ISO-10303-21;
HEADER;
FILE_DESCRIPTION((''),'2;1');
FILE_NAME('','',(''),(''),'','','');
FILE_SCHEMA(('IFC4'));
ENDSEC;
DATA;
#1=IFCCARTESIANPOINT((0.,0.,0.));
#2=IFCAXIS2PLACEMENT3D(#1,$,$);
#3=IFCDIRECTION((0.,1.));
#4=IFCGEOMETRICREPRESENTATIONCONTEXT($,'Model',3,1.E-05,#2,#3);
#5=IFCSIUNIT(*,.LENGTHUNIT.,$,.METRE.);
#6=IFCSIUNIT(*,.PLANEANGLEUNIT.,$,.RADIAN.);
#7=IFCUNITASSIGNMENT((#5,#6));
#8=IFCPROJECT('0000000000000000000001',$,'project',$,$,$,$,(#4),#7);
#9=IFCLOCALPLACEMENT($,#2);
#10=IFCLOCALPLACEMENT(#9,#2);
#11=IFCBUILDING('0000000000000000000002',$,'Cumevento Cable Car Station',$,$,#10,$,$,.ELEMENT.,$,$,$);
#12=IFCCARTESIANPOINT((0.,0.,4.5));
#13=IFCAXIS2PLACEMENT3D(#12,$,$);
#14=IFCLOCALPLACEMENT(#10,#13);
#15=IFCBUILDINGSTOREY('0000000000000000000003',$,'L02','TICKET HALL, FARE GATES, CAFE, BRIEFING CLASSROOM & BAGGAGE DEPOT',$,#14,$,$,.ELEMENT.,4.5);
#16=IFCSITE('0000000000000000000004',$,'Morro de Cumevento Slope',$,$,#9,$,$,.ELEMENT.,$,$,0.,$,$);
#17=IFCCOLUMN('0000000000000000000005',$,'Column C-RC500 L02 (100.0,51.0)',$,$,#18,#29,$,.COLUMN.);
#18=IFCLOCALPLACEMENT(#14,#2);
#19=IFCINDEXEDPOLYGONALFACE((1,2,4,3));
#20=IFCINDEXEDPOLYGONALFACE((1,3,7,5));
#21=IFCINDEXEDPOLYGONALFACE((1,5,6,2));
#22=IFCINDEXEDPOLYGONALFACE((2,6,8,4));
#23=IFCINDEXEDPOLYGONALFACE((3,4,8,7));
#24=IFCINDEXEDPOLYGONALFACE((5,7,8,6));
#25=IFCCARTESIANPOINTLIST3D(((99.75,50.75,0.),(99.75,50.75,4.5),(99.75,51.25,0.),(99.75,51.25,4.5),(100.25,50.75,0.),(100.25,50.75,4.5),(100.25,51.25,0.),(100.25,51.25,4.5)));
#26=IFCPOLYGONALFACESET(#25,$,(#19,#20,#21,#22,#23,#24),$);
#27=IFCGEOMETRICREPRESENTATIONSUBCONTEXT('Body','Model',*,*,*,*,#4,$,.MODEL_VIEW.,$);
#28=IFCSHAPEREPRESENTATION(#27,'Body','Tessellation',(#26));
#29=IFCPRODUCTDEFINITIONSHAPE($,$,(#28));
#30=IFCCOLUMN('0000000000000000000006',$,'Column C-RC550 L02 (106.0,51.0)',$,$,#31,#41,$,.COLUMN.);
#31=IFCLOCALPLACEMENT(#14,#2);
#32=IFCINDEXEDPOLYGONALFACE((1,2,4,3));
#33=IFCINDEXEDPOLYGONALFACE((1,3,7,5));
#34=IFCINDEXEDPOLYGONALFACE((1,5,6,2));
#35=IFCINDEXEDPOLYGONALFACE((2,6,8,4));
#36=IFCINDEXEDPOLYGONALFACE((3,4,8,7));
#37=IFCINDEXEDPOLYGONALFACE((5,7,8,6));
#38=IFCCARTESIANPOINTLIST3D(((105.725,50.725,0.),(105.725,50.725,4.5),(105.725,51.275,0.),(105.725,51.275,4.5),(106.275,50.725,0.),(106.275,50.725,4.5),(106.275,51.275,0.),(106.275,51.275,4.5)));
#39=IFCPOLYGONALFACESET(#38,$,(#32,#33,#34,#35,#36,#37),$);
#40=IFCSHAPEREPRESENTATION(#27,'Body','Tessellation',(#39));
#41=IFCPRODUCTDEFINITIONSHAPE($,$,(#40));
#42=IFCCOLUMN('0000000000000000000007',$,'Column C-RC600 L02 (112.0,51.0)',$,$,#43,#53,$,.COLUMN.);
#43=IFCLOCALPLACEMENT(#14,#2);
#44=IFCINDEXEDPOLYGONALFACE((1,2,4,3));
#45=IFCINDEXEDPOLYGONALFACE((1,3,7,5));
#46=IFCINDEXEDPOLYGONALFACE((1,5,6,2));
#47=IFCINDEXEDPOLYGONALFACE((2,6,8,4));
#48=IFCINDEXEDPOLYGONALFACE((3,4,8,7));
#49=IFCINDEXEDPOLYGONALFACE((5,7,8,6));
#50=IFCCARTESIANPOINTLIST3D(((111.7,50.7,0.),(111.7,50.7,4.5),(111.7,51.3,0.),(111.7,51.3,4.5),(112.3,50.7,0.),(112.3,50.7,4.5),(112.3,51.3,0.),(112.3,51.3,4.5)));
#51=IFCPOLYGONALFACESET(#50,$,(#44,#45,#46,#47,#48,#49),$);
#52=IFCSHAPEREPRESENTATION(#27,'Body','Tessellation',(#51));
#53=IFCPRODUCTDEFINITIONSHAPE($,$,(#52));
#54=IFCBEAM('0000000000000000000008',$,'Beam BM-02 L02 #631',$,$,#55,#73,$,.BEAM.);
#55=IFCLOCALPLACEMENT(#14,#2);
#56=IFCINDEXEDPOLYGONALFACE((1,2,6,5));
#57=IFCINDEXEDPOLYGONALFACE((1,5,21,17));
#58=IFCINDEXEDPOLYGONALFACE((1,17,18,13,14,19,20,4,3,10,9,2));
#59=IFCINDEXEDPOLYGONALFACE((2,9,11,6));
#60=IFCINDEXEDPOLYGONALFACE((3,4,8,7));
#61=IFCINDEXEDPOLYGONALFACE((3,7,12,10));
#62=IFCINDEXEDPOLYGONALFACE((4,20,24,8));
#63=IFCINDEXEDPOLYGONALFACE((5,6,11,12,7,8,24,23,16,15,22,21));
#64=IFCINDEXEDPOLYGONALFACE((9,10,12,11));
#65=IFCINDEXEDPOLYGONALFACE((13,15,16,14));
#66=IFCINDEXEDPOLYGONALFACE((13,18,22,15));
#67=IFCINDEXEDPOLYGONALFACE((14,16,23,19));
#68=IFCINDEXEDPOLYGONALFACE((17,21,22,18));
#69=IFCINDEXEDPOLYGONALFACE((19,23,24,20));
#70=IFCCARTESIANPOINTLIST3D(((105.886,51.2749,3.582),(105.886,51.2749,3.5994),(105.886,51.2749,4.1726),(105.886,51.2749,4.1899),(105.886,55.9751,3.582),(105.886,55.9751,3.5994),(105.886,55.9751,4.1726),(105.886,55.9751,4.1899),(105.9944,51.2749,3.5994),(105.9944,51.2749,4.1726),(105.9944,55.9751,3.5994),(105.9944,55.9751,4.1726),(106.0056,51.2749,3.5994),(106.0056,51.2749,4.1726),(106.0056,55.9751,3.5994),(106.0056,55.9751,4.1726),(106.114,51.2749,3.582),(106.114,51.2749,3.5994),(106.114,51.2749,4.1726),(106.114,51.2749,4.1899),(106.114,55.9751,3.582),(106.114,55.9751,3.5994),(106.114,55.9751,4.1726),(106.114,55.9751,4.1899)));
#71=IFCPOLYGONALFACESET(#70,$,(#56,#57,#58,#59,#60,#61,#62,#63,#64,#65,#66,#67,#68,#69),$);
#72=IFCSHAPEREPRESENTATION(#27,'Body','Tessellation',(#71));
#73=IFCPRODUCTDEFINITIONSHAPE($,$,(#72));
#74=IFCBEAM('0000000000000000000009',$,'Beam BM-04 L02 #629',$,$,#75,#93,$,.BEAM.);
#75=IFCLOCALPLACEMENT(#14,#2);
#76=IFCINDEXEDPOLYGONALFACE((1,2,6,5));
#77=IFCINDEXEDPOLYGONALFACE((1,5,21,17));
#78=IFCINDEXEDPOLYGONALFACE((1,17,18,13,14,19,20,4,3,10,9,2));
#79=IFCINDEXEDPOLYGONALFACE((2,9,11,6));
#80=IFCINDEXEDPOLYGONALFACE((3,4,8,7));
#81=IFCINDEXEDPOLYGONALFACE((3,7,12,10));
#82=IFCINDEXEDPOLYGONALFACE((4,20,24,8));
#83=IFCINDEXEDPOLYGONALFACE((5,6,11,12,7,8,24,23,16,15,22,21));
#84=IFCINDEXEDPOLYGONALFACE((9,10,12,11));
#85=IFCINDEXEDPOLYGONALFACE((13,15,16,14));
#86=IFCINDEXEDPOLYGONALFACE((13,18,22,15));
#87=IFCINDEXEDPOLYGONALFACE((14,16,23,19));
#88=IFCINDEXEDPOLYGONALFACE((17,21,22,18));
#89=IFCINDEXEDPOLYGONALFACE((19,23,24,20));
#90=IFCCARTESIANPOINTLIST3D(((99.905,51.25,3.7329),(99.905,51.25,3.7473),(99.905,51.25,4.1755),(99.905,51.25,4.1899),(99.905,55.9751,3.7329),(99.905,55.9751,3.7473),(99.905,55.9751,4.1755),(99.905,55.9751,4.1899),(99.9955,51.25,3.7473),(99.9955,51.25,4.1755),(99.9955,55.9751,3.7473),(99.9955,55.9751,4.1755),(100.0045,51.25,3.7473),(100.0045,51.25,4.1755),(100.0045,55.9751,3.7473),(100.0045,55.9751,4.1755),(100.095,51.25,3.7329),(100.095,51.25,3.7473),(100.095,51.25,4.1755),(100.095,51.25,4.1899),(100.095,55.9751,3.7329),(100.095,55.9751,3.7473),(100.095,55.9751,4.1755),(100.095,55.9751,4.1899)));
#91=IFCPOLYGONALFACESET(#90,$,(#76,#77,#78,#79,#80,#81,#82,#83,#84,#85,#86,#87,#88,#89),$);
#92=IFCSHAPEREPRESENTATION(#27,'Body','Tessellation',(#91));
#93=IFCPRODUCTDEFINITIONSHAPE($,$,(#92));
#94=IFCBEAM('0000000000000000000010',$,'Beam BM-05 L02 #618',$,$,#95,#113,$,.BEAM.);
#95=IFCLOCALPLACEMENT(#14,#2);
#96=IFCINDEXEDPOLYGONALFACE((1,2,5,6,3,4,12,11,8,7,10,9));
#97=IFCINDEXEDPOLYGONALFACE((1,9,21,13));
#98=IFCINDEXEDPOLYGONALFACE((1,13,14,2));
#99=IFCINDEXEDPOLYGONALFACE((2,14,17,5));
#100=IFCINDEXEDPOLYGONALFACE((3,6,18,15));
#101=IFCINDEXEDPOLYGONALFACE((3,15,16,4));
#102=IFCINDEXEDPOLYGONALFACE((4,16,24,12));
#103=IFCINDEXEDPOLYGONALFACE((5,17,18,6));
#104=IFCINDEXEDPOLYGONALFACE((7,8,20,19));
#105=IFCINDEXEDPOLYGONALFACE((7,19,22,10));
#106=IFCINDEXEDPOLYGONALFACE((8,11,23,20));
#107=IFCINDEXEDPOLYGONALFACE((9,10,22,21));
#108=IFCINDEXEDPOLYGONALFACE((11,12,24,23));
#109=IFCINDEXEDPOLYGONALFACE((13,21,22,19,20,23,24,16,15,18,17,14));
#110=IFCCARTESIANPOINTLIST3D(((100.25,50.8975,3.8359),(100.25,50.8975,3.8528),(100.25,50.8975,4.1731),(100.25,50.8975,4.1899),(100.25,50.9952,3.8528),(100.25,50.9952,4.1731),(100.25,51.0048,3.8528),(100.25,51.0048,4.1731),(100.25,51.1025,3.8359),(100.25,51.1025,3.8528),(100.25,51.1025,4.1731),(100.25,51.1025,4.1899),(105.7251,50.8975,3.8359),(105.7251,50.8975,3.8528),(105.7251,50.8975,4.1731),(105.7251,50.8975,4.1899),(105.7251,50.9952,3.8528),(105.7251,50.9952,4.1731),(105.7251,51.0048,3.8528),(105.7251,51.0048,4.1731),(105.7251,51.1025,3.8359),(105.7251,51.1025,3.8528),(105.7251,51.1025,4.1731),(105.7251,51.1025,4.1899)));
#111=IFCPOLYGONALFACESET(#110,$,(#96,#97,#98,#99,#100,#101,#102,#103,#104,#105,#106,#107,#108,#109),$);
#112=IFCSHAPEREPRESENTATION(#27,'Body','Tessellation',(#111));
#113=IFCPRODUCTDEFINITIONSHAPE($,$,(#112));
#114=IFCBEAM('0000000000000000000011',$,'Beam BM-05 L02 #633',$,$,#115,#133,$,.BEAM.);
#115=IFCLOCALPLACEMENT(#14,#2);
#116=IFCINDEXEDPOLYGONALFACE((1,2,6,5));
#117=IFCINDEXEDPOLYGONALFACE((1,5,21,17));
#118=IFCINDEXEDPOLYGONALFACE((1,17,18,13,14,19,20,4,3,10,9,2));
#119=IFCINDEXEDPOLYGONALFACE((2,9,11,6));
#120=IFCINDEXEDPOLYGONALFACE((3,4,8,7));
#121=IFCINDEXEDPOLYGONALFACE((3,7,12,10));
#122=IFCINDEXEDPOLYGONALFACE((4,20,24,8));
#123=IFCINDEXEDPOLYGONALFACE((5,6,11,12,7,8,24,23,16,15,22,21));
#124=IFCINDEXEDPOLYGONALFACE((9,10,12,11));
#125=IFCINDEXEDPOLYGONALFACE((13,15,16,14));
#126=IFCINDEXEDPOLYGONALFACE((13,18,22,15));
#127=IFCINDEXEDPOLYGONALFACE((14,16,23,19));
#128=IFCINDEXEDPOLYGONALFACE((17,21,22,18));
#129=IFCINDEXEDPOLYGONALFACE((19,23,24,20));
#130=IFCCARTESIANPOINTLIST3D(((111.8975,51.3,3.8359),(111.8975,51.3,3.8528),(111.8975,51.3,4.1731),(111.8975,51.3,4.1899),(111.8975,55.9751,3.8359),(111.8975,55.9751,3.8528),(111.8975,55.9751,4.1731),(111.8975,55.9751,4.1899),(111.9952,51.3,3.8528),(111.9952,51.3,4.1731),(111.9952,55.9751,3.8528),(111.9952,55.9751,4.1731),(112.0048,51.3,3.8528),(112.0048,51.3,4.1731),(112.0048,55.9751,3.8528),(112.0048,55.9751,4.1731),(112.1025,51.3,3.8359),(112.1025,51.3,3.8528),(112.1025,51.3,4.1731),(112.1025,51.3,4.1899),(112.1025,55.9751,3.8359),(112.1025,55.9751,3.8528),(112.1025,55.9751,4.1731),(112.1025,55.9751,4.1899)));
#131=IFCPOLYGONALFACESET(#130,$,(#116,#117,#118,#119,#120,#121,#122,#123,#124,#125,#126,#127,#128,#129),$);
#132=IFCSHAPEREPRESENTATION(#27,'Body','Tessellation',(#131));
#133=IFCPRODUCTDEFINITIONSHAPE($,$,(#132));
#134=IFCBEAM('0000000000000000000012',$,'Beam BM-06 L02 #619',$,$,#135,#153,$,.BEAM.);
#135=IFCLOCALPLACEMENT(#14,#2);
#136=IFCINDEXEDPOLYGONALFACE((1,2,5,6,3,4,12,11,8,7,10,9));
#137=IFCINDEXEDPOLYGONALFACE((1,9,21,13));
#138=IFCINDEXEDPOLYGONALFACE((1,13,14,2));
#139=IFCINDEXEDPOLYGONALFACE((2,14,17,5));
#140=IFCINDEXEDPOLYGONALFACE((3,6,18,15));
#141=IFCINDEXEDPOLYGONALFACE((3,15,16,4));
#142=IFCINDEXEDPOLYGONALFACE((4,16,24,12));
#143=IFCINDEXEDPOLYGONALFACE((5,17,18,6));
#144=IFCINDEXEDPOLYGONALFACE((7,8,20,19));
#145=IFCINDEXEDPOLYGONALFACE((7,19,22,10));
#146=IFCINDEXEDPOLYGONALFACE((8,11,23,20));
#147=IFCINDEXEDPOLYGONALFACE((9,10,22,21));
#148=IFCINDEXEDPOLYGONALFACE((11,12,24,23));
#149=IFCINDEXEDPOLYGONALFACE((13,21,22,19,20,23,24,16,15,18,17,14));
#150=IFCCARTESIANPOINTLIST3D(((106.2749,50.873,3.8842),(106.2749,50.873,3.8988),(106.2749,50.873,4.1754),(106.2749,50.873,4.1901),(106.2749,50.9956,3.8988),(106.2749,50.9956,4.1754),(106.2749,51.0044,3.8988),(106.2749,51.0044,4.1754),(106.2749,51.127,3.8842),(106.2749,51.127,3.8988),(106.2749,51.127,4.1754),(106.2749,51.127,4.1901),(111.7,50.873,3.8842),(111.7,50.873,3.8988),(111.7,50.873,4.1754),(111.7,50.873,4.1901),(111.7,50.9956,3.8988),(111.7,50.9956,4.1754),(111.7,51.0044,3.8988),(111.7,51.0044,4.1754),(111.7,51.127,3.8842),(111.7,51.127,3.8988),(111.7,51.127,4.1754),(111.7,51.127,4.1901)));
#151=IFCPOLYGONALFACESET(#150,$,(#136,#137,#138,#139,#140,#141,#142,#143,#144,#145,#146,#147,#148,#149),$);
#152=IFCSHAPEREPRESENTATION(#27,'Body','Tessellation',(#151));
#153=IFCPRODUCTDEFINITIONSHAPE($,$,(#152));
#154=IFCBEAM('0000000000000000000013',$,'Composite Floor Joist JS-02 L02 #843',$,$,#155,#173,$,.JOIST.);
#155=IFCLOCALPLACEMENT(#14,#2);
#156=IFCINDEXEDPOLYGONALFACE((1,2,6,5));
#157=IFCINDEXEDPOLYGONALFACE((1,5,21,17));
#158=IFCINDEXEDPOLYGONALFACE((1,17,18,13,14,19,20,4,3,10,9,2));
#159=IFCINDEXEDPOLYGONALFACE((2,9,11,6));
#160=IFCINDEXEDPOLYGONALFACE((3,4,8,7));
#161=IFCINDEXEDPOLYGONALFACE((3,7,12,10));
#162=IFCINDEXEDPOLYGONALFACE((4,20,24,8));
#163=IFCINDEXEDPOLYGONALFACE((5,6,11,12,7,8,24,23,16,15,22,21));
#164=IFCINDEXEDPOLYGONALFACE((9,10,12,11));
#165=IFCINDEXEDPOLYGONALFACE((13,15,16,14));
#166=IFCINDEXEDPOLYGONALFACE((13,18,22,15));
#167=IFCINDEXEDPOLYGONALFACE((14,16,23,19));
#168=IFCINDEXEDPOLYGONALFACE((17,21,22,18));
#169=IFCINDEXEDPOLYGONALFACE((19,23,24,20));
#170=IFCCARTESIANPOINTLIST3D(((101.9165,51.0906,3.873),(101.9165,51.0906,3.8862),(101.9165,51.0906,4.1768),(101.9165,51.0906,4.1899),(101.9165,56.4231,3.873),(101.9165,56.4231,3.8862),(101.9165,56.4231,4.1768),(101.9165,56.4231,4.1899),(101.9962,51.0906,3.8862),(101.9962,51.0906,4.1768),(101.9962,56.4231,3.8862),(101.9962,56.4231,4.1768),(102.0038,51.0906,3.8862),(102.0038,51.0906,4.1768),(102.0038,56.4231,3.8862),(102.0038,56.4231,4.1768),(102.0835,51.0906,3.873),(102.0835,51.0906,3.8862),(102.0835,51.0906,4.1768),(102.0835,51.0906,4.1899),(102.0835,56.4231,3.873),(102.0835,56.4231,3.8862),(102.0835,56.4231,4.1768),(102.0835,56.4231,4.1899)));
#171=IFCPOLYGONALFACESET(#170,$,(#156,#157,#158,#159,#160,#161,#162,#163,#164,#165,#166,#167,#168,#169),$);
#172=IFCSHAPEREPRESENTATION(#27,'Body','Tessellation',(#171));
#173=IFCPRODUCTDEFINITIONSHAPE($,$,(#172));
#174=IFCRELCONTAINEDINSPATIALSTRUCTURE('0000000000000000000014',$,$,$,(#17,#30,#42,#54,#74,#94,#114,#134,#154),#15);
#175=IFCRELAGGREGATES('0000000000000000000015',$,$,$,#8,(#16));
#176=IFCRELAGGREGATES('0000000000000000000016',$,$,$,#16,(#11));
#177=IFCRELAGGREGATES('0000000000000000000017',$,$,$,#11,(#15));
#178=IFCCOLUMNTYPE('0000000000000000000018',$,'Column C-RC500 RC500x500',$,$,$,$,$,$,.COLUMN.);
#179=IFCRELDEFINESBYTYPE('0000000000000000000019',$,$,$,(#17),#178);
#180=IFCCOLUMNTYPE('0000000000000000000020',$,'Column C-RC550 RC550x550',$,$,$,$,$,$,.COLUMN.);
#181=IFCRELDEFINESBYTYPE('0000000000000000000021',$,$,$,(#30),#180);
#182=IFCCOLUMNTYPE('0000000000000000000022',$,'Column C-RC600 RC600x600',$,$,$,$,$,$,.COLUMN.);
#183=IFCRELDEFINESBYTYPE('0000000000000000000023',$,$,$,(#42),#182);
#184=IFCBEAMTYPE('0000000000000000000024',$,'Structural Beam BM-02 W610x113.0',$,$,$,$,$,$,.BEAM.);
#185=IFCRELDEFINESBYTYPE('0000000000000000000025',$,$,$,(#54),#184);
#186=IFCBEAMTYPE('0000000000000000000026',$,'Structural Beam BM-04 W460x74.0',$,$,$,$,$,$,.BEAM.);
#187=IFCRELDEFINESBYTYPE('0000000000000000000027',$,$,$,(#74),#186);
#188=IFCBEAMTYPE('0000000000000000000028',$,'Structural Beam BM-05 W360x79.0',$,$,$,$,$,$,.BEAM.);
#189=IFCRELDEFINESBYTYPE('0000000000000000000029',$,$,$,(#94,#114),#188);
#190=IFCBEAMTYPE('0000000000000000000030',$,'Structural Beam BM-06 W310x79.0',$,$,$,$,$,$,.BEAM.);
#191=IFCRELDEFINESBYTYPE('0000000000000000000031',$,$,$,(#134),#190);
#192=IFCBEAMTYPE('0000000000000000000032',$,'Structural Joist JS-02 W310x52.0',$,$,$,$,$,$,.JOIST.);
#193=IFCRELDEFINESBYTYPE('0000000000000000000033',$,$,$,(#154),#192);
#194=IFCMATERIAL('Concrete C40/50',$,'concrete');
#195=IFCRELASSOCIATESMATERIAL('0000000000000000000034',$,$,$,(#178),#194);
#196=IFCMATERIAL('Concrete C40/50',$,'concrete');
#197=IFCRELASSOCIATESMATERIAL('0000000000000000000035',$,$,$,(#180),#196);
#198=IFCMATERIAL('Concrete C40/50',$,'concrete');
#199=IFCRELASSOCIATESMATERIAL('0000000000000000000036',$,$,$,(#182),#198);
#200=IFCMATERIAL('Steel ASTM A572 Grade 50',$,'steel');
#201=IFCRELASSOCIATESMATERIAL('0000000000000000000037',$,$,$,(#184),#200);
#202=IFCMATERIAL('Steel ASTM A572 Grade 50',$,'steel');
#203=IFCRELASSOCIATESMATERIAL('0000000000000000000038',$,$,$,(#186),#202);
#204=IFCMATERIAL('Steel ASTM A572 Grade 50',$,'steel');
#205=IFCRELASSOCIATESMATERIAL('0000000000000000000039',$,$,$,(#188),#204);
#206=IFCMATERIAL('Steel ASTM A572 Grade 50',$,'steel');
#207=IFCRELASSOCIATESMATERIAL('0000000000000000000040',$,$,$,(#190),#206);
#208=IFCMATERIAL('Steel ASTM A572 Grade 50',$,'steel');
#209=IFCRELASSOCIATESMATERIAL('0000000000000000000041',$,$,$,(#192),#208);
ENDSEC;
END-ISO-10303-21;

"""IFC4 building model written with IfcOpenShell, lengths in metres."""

from ifc_helpers import new_model, si_unit, direction, frame, origin, origin_2d, place, context, subcontext, project, spatial, rectangle, i_section, extrude, material, material_profile, profile_set, type_object, element, save


model = new_model("IFC4")

# Units and contexts
model_context = context("Model", 3, precision=1e-05, world=origin(), true_north=direction((0.0, 1.0)))
body_context = subcontext(model_context, "Body", "Model", "MODEL_VIEW")
ifc_project = project(units=[si_unit("LENGTHUNIT", "METRE"), si_unit("PLANEANGLEUNIT", "RADIAN")], contexts=[model_context])

# Site, building, storey
site_placement = place(None, origin())
site = spatial("IfcSite", under=ifc_project, at=site_placement, Name="Morro de Cumevento Slope", CompositionType="ELEMENT", RefElevation=0.0)
building_placement = place(site_placement, origin())
building = spatial("IfcBuilding", under=site, at=building_placement, Name="Cumevento Cable Car Station", CompositionType="ELEMENT")
storey_placement = place(building_placement, frame((0.0, 0.0, 4.5)))
storey = spatial("IfcBuildingStorey", under=building, at=storey_placement, Name="L02", Description="TICKET HALL, FARE GATES, CAFE, BRIEFING CLASSROOM & BAGGAGE DEPOT", CompositionType="ELEMENT", Elevation=4.5)

# Columns
ifc_material_1 = material(Name="Concrete C40/50", Category="concrete")
ifc_material_profile_1 = material_profile(ifc_material_1, rectangle(XDim=0.5, YDim=0.5, at=origin_2d()), Name="RC500x500")
ifc_profile_set_1 = profile_set([ifc_material_profile_1], Name="Concrete C40/50")
column_type_1 = type_object("IfcColumnType", Name="Column C-RC500 RC500x500", PredefinedType="COLUMN", material=ifc_profile_set_1)
column_1_placement = place(storey_placement, frame((100.0, 51.0, 0.0), z_axis=(0.0, 0.0, 1.0), x_axis=(1.0, 0.0, 0.0)))
element("IfcColumn", 1, at=column_1_placement, inside=storey, type_object=column_type_1, Name="Column C-RC500 L02 (100.0,51.0)", PredefinedType="COLUMN", context=body_context, shape_type="SweptSolid", body=[
    extrude(rectangle(XDim=0.5, YDim=0.5, at=origin_2d()), origin(), (0.0, 0.0, 1.0), 4.5),
])
ifc_material_2 = material(Name="Concrete C40/50", Category="concrete")
ifc_material_profile_2 = material_profile(ifc_material_2, rectangle(XDim=0.55, YDim=0.55, at=origin_2d()), Name="RC550x550")
ifc_profile_set_2 = profile_set([ifc_material_profile_2], Name="Concrete C40/50")
column_type_2 = type_object("IfcColumnType", Name="Column C-RC550 RC550x550", PredefinedType="COLUMN", material=ifc_profile_set_2)
column_2_placement = place(storey_placement, frame((106.0, 51.0, 0.0), z_axis=(0.0, 0.0, 1.0), x_axis=(1.0, 0.0, 0.0)))
element("IfcColumn", 2, at=column_2_placement, inside=storey, type_object=column_type_2, Name="Column C-RC550 L02 (106.0,51.0)", PredefinedType="COLUMN", context=body_context, shape_type="SweptSolid", body=[
    extrude(rectangle(XDim=0.55, YDim=0.55, at=origin_2d()), origin(), (0.0, 0.0, 1.0), 4.5),
])
ifc_material_3 = material(Name="Concrete C40/50", Category="concrete")
ifc_material_profile_3 = material_profile(ifc_material_3, rectangle(XDim=0.6001, YDim=0.6001, at=origin_2d()), Name="RC600x600")
ifc_profile_set_3 = profile_set([ifc_material_profile_3], Name="Concrete C40/50")
column_type_3 = type_object("IfcColumnType", Name="Column C-RC600 RC600x600", PredefinedType="COLUMN", material=ifc_profile_set_3)
column_3_placement = place(storey_placement, frame((112.0, 51.0, 0.0), z_axis=(0.0, 0.0, 1.0), x_axis=(1.0, 0.0, 0.0)))
element("IfcColumn", 3, at=column_3_placement, inside=storey, type_object=column_type_3, Name="Column C-RC600 L02 (112.0,51.0)", PredefinedType="COLUMN", context=body_context, shape_type="SweptSolid", body=[
    extrude(rectangle(XDim=0.6001, YDim=0.6001, at=origin_2d()), origin(), (0.0, 0.0, 1.0), 4.5),
])

# Beams
ifc_material_4 = material(Name="Steel ASTM A572 Grade 50", Category="steel")
ifc_material_profile_4 = material_profile(ifc_material_4, i_section(OverallWidth=0.228, OverallDepth=0.6079, WebThickness=0.0112, FlangeThickness=0.0173, at=origin_2d()), Name="W610x113.0")
ifc_profile_set_4 = profile_set([ifc_material_profile_4], Name="Steel ASTM A572 Grade 50")
beam_type_1 = type_object("IfcBeamType", Name="Structural Beam BM-02 W610x113.0", PredefinedType="BEAM", material=ifc_profile_set_4)
beam_1_placement = place(storey_placement, frame((106.0, 51.2749, 3.886), z_axis=(0.0, 1.0, 0.0), x_axis=(-1.0, 0.0, 0.0)))
element("IfcBeam", 4, at=beam_1_placement, inside=storey, type_object=beam_type_1, Name="Beam BM-02 L02 #631", PredefinedType="BEAM", context=body_context, shape_type="SweptSolid", body=[
    extrude(i_section(OverallWidth=0.228, OverallDepth=0.6079, WebThickness=0.0112, FlangeThickness=0.0173, at=origin_2d()), origin(), (0.0, 0.0, 1.0), 4.7002),
])
ifc_material_5 = material(Name="Steel ASTM A572 Grade 50", Category="steel")
ifc_material_profile_5 = material_profile(ifc_material_5, i_section(OverallWidth=0.1899, OverallDepth=0.457, WebThickness=0.009, FlangeThickness=0.0144, at=origin_2d()), Name="W460x74.0")
ifc_profile_set_5 = profile_set([ifc_material_profile_5], Name="Steel ASTM A572 Grade 50")
beam_type_2 = type_object("IfcBeamType", Name="Structural Beam BM-04 W460x74.0", PredefinedType="BEAM", material=ifc_profile_set_5)
beam_2_placement = place(storey_placement, frame((100.0, 51.25, 3.9614), z_axis=(0.0, 1.0, 0.0), x_axis=(-1.0, 0.0, 0.0)))
element("IfcBeam", 5, at=beam_2_placement, inside=storey, type_object=beam_type_2, Name="Beam BM-04 L02 #629", PredefinedType="BEAM", context=body_context, shape_type="SweptSolid", body=[
    extrude(i_section(OverallWidth=0.1899, OverallDepth=0.457, WebThickness=0.009, FlangeThickness=0.0144, at=origin_2d()), origin(), (0.0, 0.0, 1.0), 4.7251),
])
ifc_material_6 = material(Name="Steel ASTM A572 Grade 50", Category="steel")
ifc_material_profile_6 = material_profile(ifc_material_6, i_section(OverallWidth=0.2051, OverallDepth=0.354, WebThickness=0.0095, FlangeThickness=0.0168, at=origin_2d()), Name="W360x79.0")
ifc_profile_set_6 = profile_set([ifc_material_profile_6], Name="Steel ASTM A572 Grade 50")
beam_type_3 = type_object("IfcBeamType", Name="Structural Beam BM-05 W360x79.0", PredefinedType="BEAM", material=ifc_profile_set_6)
beam_3_placement = place(storey_placement, frame((100.25, 51.0, 4.0129), z_axis=(1.0, 0.0, 0.0), x_axis=(0.0, 1.0, 0.0)))
element("IfcBeam", 6, at=beam_3_placement, inside=storey, type_object=beam_type_3, Name="Beam BM-05 L02 #618", PredefinedType="BEAM", context=body_context, shape_type="SweptSolid", body=[
    extrude(i_section(OverallWidth=0.2051, OverallDepth=0.354, WebThickness=0.0095, FlangeThickness=0.0168, at=origin_2d()), origin(), (0.0, 0.0, 1.0), 5.4751),
])
beam_4_placement = place(storey_placement, frame((112.0, 51.3, 4.0129), z_axis=(0.0, 1.0, 0.0), x_axis=(-1.0, 0.0, 0.0)))
element("IfcBeam", 7, at=beam_4_placement, inside=storey, type_object=beam_type_3, Name="Beam BM-05 L02 #633", PredefinedType="BEAM", context=body_context, shape_type="SweptSolid", body=[
    extrude(i_section(OverallWidth=0.2051, OverallDepth=0.354, WebThickness=0.0095, FlangeThickness=0.0168, at=origin_2d()), origin(), (0.0, 0.0, 1.0), 4.675),
])
ifc_material_7 = material(Name="Steel ASTM A572 Grade 50", Category="steel")
ifc_material_profile_7 = material_profile(ifc_material_7, i_section(OverallWidth=0.2539, OverallDepth=0.3059, WebThickness=0.0088, FlangeThickness=0.0146, at=origin_2d()), Name="W310x79.0")
ifc_profile_set_7 = profile_set([ifc_material_profile_7], Name="Steel ASTM A572 Grade 50")
beam_type_4 = type_object("IfcBeamType", Name="Structural Beam BM-06 W310x79.0", PredefinedType="BEAM", material=ifc_profile_set_7)
beam_5_placement = place(storey_placement, frame((106.2749, 51.0, 4.0371), z_axis=(1.0, 0.0, 0.0), x_axis=(0.0, 1.0, 0.0)))
element("IfcBeam", 8, at=beam_5_placement, inside=storey, type_object=beam_type_4, Name="Beam BM-06 L02 #619", PredefinedType="BEAM", context=body_context, shape_type="SweptSolid", body=[
    extrude(i_section(OverallWidth=0.2539, OverallDepth=0.3059, WebThickness=0.0088, FlangeThickness=0.0146, at=origin_2d()), origin(), (0.0, 0.0, 1.0), 5.425),
])
ifc_material_8 = material(Name="Steel ASTM A572 Grade 50", Category="steel")
ifc_material_profile_8 = material_profile(ifc_material_8, i_section(OverallWidth=0.167, OverallDepth=0.3169, WebThickness=0.0076, FlangeThickness=0.0132, at=origin_2d()), Name="W310x52.0")
ifc_profile_set_8 = profile_set([ifc_material_profile_8], Name="Steel ASTM A572 Grade 50")
beam_type_5 = type_object("IfcBeamType", Name="Structural Joist JS-02 W310x52.0", PredefinedType="JOIST", material=ifc_profile_set_8)
for number, where, z_axis, x_axis, name in (
    (9, (102.0, 51.0906, 4.0315), (0.0, 1.0, 0.0), (-1.0, 0.0, 0.0), "Composite Floor Joist JS-02 L02 #843"),
):
    element("IfcBeam", number, at=place(storey_placement, frame(where, z_axis=z_axis, x_axis=x_axis)), inside=storey, type_object=beam_type_5, Name=name, PredefinedType="JOIST", context=body_context, shape_type="SweptSolid", body=[
        extrude(i_section(OverallWidth=0.167, OverallDepth=0.3169, WebThickness=0.0076, FlangeThickness=0.0132, at=origin_2d()), origin(), (0.0, 0.0, 1.0), 5.3325),
    ])

save(model, "model.ifc")
